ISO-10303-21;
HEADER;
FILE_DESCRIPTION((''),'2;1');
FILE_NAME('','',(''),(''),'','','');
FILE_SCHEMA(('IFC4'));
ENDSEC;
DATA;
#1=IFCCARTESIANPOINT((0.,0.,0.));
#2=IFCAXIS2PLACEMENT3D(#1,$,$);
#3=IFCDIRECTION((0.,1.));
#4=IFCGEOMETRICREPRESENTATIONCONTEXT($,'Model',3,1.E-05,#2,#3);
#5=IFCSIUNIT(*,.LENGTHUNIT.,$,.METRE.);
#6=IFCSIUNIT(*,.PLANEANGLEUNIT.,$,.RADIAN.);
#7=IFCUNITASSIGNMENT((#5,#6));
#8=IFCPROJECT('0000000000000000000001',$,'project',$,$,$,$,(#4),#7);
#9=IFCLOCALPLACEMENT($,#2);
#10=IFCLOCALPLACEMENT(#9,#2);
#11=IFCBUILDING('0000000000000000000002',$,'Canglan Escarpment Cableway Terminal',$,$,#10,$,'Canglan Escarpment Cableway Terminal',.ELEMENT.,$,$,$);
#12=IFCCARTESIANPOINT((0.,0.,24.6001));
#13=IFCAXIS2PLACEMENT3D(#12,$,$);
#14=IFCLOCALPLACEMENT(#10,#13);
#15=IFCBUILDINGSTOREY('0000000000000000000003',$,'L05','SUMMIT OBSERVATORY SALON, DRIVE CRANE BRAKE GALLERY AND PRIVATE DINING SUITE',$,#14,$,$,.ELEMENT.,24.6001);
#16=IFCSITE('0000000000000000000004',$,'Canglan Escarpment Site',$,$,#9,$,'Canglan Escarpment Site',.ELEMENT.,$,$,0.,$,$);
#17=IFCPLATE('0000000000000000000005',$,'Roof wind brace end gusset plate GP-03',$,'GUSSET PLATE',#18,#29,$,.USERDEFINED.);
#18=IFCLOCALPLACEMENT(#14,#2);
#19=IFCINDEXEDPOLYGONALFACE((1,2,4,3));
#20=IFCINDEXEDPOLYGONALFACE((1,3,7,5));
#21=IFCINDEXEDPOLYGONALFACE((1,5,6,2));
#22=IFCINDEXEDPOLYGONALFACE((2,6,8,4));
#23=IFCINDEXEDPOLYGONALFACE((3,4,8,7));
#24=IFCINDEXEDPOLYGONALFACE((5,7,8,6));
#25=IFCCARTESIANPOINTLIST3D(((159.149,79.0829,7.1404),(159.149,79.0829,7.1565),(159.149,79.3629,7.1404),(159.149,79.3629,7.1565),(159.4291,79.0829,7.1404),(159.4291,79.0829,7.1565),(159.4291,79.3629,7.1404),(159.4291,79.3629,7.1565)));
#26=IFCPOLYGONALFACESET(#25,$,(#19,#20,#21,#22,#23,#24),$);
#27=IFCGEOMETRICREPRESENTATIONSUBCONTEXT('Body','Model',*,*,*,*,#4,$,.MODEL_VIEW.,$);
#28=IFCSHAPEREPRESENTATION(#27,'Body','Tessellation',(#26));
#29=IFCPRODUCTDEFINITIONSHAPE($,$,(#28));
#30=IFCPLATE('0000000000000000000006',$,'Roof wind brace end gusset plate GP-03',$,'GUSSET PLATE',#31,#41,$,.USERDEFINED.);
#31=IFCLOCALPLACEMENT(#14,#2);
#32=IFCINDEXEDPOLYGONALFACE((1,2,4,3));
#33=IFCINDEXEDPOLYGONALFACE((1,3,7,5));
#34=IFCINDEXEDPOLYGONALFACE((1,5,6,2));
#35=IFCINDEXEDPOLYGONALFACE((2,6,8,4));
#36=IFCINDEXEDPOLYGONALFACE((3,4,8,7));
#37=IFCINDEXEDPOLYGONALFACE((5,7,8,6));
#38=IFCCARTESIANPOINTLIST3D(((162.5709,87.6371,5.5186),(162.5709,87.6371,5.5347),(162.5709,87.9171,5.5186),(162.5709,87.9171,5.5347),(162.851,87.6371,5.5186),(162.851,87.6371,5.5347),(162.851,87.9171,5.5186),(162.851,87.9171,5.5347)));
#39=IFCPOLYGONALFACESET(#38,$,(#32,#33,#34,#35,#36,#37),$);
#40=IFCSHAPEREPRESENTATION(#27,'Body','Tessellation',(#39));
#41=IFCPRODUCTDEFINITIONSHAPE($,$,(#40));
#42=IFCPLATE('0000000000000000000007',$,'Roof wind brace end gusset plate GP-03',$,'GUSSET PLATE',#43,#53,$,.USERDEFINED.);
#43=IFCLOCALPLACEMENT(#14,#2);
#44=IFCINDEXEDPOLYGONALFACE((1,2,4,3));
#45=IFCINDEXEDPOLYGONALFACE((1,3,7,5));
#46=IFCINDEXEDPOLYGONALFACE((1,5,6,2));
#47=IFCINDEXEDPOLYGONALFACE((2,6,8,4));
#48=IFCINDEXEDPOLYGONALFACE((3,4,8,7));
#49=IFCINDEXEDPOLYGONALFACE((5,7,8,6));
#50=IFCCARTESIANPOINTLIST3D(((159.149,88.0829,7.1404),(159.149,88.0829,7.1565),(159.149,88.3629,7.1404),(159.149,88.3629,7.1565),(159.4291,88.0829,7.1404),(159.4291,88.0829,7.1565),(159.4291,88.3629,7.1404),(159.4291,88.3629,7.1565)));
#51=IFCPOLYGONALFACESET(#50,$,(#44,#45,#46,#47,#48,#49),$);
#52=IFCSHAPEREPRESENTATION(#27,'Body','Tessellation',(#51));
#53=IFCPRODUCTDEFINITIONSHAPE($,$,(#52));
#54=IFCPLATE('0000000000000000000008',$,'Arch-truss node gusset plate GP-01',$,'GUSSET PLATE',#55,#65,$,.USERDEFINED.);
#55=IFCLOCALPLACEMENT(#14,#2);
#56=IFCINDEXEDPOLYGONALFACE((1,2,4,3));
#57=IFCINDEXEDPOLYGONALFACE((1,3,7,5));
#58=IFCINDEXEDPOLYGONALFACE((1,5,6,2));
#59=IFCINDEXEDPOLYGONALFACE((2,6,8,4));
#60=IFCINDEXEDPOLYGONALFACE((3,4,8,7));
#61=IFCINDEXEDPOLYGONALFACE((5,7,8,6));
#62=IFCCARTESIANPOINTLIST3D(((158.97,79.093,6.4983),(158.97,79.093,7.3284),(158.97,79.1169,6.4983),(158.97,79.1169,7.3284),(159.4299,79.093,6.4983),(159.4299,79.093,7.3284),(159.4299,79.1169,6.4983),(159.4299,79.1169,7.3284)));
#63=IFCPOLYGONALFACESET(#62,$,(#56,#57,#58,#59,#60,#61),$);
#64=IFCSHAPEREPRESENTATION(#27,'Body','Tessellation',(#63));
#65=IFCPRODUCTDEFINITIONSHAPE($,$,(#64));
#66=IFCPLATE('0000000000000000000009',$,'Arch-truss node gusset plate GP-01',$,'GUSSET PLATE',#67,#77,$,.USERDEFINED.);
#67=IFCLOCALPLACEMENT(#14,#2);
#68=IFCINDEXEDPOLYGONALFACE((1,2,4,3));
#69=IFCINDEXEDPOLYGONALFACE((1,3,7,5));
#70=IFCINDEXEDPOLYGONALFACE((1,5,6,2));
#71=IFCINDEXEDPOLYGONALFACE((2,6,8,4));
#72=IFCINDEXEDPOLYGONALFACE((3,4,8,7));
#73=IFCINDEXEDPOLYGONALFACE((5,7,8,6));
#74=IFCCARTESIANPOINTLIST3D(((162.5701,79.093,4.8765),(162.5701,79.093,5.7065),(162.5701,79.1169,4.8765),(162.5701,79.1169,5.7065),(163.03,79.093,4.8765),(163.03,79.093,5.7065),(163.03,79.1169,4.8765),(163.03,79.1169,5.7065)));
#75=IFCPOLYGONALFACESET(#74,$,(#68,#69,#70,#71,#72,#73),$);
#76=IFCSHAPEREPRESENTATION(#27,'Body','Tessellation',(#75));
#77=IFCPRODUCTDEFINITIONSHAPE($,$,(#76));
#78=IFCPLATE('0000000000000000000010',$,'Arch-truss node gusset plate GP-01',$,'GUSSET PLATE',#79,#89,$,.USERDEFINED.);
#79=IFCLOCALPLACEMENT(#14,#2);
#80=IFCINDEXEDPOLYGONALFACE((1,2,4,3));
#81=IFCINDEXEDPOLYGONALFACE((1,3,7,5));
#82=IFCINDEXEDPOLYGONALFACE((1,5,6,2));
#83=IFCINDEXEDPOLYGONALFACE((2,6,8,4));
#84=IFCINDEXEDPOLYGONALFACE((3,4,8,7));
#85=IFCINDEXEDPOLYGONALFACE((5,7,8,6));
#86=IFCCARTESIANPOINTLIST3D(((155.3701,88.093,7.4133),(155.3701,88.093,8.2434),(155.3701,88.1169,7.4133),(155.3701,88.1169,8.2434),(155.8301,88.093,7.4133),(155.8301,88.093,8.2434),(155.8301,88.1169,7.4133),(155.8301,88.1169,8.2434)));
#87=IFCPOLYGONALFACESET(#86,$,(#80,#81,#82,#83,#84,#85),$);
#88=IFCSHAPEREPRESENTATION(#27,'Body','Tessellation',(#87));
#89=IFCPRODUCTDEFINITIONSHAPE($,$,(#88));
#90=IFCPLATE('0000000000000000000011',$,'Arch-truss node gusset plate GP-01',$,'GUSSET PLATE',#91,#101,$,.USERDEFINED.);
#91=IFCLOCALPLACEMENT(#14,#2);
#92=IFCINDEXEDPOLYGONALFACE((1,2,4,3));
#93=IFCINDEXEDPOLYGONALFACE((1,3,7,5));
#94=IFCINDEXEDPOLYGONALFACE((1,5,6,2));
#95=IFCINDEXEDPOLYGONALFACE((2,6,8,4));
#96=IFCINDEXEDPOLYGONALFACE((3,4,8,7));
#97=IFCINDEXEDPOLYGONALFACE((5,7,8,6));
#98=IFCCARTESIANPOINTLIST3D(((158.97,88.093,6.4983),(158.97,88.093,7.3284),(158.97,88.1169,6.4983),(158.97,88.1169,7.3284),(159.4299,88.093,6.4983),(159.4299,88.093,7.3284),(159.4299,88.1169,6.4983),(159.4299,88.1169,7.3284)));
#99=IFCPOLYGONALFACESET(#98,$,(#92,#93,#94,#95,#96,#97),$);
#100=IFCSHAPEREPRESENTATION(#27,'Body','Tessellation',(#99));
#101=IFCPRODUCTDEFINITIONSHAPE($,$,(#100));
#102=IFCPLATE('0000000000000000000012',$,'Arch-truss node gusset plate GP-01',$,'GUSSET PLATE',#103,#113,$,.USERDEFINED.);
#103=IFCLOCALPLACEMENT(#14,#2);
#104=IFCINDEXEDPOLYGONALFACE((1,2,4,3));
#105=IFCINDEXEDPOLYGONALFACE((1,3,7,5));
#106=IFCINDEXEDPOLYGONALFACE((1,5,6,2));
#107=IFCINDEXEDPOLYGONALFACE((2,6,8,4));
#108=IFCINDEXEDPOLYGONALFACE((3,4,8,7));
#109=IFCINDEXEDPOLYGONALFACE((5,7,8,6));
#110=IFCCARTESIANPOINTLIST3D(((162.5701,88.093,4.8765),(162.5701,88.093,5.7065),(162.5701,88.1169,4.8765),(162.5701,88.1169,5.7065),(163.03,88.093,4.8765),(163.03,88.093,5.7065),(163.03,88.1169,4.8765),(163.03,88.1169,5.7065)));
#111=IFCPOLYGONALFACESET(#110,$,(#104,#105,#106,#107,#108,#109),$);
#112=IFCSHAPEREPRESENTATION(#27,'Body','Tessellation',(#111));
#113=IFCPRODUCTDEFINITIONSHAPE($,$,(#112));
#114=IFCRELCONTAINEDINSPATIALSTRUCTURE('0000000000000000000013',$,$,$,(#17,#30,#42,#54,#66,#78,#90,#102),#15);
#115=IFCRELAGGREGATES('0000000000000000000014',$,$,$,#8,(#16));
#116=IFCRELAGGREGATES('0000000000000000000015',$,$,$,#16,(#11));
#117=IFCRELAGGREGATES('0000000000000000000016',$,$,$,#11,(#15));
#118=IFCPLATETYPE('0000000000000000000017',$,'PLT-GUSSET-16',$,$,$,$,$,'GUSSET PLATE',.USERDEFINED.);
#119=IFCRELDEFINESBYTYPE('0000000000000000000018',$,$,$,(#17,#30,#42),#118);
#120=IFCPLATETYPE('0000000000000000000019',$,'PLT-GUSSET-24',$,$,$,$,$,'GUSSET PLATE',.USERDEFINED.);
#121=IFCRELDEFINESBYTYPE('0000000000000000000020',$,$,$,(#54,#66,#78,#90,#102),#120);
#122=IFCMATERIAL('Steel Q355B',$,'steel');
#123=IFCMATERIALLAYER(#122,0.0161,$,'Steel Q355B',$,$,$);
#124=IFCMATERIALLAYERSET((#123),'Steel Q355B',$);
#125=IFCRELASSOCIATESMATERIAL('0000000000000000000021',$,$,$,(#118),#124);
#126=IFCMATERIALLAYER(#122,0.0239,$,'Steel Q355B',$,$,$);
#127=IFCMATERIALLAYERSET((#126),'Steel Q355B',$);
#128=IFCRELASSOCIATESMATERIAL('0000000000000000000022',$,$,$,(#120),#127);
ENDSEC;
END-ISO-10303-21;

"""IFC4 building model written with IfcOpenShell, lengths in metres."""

from ifc_helpers import new_model, si_unit, direction, frame, origin, origin_2d, place, context, subcontext, project, spatial, rectangle, extrude, material, layer, layer_set, type_object, element, save


model = new_model("IFC4")

# Units and contexts
model_context = context("Model", 3, precision=1e-05, world=origin(), true_north=direction((0.0, 1.0)))
body_context = subcontext(model_context, "Body", "Model", "MODEL_VIEW")
ifc_project = project(units=[si_unit("LENGTHUNIT", "METRE"), si_unit("PLANEANGLEUNIT", "RADIAN")], contexts=[model_context])

# Site, building, storey
site_placement = place(None, origin())
site = spatial("IfcSite", under=ifc_project, at=site_placement, Name="Canglan Escarpment Site", LongName="Canglan Escarpment Site", CompositionType="ELEMENT", RefElevation=0.0)
building_placement = place(site_placement, origin())
building = spatial("IfcBuilding", under=site, at=building_placement, Name="Canglan Escarpment Cableway Terminal", LongName="Canglan Escarpment Cableway Terminal", CompositionType="ELEMENT")
storey_placement = place(building_placement, frame((0.0, 0.0, 24.6001)))
storey = spatial("IfcBuildingStorey", under=building, at=storey_placement, Name="L05", Description="SUMMIT OBSERVATORY SALON, DRIVE CRANE BRAKE GALLERY AND PRIVATE DINING SUITE", CompositionType="ELEMENT", Elevation=24.6001)

# Shared definitions
ifc_material = material(Name="Steel Q355B", Category="steel")

# Plates
ifc_layer_1 = layer(ifc_material, 0.0161, Name="Steel Q355B")
ifc_layer_set_1 = layer_set([ifc_layer_1], Name="Steel Q355B")
plate_type_1 = type_object("IfcPlateType", Name="PLT-GUSSET-16", ElementType="GUSSET PLATE", PredefinedType="USERDEFINED", material=ifc_layer_set_1)
for number, where, z_axis, x_axis, name in (
    (1, (159.2891, 79.2229, 7.1404), (0.0, 0.0, 1.0), (1.0, 0.0, 0.0), "Roof wind brace end gusset plate GP-03"),
    (2, (162.7109, 87.7771, 5.5186), (0.0, 0.0, 1.0), (1.0, 0.0, 0.0), "Roof wind brace end gusset plate GP-03"),
    (3, (159.2891, 88.2229, 7.1404), (0.0, 0.0, 1.0), (1.0, 0.0, 0.0), "Roof wind brace end gusset plate GP-03"),
):
    element("IfcPlate", number, at=place(storey_placement, frame(where, z_axis=z_axis, x_axis=x_axis)), inside=storey, type_object=plate_type_1, Name=name, ObjectType="GUSSET PLATE", PredefinedType="USERDEFINED", context=body_context, shape_type="SweptSolid", body=[
        extrude(rectangle(XDim=0.28, YDim=0.28, at=origin_2d()), origin(), (0.0, 0.0, 1.0), 0.0161),
    ])
ifc_layer_2 = layer(ifc_material, 0.0239, Name="Steel Q355B")
ifc_layer_set_2 = layer_set([ifc_layer_2], Name="Steel Q355B")
plate_type_2 = type_object("IfcPlateType", Name="PLT-GUSSET-24", ElementType="GUSSET PLATE", PredefinedType="USERDEFINED", material=ifc_layer_set_2)
for number, where, z_axis, x_axis, name in (
    (4, (159.2, 79.105, 6.4983), (0.0, 0.0, 1.0), (1.0, 0.0, 0.0), "Arch-truss node gusset plate GP-01"),
    (5, (162.8, 79.105, 4.8765), (0.0, 0.0, 1.0), (1.0, 0.0, 0.0), "Arch-truss node gusset plate GP-01"),
    (6, (155.6001, 88.105, 7.4133), (0.0, 0.0, 1.0), (1.0, 0.0, 0.0), "Arch-truss node gusset plate GP-01"),
    (7, (159.2, 88.105, 6.4983), (0.0, 0.0, 1.0), (1.0, 0.0, 0.0), "Arch-truss node gusset plate GP-01"),
    (8, (162.8, 88.105, 4.8765), (0.0, 0.0, 1.0), (1.0, 0.0, 0.0), "Arch-truss node gusset plate GP-01"),
):
    element("IfcPlate", number, at=place(storey_placement, frame(where, z_axis=z_axis, x_axis=x_axis)), inside=storey, type_object=plate_type_2, Name=name, ObjectType="GUSSET PLATE", PredefinedType="USERDEFINED", context=body_context, shape_type="SweptSolid", body=[
        extrude(rectangle(XDim=0.46, YDim=0.0239, at=origin_2d()), origin(), (0.0, 0.0, 1.0), 0.8301),
    ])

save(model, "model.ifc")
